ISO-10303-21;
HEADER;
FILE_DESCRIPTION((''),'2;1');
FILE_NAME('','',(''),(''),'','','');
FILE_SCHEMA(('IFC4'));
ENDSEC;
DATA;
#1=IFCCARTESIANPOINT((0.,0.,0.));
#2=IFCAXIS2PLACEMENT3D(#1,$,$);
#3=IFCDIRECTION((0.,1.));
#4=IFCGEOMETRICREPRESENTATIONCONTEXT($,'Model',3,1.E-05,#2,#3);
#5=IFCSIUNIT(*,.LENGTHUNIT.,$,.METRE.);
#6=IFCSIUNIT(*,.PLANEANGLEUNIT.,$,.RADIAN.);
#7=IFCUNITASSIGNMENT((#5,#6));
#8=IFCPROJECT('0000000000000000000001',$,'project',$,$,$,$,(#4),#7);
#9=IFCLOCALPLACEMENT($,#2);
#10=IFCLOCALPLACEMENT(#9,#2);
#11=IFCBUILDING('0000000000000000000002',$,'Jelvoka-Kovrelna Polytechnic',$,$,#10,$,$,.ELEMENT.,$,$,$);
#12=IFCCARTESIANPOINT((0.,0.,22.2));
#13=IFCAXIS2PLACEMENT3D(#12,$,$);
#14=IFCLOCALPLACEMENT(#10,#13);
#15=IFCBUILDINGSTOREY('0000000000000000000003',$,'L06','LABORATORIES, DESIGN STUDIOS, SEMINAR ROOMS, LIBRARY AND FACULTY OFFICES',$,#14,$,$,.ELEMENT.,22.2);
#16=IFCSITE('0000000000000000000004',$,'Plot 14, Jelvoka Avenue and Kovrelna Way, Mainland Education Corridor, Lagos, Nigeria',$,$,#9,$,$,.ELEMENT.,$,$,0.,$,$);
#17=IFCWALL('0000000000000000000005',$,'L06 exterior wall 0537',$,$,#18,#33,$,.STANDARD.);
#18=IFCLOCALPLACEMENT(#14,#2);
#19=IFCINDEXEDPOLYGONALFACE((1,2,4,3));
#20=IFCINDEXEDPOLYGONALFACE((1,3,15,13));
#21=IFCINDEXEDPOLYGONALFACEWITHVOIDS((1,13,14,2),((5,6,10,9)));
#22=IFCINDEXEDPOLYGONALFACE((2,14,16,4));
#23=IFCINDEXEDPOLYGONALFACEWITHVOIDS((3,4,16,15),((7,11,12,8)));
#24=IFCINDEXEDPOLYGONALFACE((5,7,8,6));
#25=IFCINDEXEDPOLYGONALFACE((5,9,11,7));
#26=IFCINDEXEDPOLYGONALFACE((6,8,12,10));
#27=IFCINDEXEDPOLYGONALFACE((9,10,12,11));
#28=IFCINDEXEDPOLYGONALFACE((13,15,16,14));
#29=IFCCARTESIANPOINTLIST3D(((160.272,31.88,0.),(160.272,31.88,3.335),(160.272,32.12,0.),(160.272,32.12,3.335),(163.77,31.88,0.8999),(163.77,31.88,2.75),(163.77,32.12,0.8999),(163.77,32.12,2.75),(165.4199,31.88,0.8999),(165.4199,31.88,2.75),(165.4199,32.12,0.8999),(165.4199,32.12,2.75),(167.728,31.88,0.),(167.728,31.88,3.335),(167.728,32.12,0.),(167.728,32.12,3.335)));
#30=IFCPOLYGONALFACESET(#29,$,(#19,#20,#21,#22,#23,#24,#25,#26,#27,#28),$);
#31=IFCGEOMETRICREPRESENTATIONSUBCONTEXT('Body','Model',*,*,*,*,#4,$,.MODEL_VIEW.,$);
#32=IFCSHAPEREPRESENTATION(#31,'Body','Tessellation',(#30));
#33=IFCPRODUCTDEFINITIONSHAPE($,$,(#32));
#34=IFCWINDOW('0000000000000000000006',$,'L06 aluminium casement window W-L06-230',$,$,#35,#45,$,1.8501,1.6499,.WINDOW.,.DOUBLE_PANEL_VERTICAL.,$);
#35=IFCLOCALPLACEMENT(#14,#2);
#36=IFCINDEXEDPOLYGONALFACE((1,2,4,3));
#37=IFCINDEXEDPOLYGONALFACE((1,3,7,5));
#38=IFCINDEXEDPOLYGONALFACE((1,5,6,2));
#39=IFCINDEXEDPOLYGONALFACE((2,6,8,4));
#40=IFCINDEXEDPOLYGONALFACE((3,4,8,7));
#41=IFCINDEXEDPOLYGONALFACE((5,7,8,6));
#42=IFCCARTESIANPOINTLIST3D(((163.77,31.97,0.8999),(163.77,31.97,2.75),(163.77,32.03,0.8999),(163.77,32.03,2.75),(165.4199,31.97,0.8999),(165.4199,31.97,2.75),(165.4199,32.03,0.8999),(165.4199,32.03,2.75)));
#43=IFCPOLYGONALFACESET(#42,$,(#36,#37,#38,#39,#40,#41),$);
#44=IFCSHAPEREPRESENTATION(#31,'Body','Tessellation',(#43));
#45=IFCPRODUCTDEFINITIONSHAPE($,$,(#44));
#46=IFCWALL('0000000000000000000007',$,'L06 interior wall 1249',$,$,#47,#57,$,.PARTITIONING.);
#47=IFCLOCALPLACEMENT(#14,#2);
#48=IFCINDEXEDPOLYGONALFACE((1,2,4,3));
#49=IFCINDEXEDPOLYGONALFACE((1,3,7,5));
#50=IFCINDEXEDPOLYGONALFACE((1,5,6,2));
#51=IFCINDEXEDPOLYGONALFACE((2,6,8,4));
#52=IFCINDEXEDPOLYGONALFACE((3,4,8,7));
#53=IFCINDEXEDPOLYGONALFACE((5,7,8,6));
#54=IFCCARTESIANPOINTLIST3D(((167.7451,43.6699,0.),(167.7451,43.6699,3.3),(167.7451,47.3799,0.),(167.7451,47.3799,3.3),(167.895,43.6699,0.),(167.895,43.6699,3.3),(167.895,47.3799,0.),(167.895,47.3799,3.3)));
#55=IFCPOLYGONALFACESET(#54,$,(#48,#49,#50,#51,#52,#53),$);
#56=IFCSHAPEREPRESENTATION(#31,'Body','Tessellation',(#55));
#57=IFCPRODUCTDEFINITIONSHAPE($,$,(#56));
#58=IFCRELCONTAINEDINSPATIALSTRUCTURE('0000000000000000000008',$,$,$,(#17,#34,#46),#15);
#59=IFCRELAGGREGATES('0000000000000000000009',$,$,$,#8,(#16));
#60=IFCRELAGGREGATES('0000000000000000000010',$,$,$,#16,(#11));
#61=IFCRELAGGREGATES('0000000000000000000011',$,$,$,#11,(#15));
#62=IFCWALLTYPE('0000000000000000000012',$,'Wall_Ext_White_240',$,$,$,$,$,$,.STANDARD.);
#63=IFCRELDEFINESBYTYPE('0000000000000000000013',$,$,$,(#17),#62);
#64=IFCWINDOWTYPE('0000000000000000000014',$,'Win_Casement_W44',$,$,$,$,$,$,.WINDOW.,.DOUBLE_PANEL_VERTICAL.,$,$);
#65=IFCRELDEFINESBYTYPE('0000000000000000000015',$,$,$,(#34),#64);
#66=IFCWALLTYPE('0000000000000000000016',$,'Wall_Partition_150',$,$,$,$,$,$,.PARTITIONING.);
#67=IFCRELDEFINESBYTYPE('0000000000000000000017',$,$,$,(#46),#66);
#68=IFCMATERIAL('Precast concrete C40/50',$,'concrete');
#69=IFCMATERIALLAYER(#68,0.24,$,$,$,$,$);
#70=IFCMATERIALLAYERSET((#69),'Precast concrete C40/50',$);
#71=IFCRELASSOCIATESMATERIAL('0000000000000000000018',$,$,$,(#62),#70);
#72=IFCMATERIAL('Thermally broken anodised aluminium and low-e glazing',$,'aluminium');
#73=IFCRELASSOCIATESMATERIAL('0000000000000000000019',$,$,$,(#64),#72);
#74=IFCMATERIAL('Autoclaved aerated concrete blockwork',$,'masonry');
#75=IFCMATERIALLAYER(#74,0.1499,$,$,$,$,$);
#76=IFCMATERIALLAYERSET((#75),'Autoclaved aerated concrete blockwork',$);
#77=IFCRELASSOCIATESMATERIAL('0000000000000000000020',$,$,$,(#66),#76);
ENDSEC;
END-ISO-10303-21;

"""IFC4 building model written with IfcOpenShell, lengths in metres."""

from ifc_helpers import new_model, si_unit, direction, frame, frame_2d, origin, place, context, subcontext, project, spatial, rectangle, extrude, material, layer, layer_set, type_object, element, fill, save


model = new_model("IFC4")

# Units and contexts
model_context = context("Model", 3, precision=1e-05, world=origin(), true_north=direction((0.0, 1.0)))
body_context = subcontext(model_context, "Body", "Model", "MODEL_VIEW")
ifc_project = project(units=[si_unit("LENGTHUNIT", "METRE"), si_unit("PLANEANGLEUNIT", "RADIAN")], contexts=[model_context])

# Site, building, storey
site_placement = place(None, origin())
site = spatial("IfcSite", under=ifc_project, at=site_placement, Name="Plot 14, Jelvoka Avenue and Kovrelna Way, Mainland Education Corridor, Lagos, Nigeria", CompositionType="ELEMENT", RefElevation=0.0)
building_placement = place(site_placement, origin())
building = spatial("IfcBuilding", under=site, at=building_placement, Name="Jelvoka-Kovrelna Polytechnic", CompositionType="ELEMENT")
storey_placement = place(building_placement, frame((0.0, 0.0, 22.2)))
storey = spatial("IfcBuildingStorey", under=building, at=storey_placement, Name="L06", Description="LABORATORIES, DESIGN STUDIOS, SEMINAR ROOMS, LIBRARY AND FACULTY OFFICES", CompositionType="ELEMENT", Elevation=22.2)

# Wall, opening, window
ifc_material_1 = material(Name="Precast concrete C40/50", Category="concrete")
ifc_layer_1 = layer(ifc_material_1, 0.24)
ifc_layer_set_1 = layer_set([ifc_layer_1], Name="Precast concrete C40/50")
wall_type_1 = type_object("IfcWallType", Name="Wall_Ext_White_240", PredefinedType="STANDARD", material=ifc_layer_set_1)
wall_1_placement = place(storey_placement, frame((167.728, 32.0, 0.0), z_axis=(0.0, 0.0, 1.0), x_axis=(-1.0, 0.0, 0.0)))
wall_1 = element("IfcWall", 1, at=wall_1_placement, inside=storey, type_object=wall_type_1, Name="L06 exterior wall 0537", PredefinedType="STANDARD", context=body_context, shape_type="SweptSolid", body=[
    extrude(rectangle(XDim=7.4561, YDim=0.24, at=frame_2d((3.728, 0.0))), origin(), (0.0, 0.0, 1.0), 3.335),
])
opening_1_placement = place(wall_1_placement, frame((2.3081, 0.0, 0.8999)))
opening_1 = element("IfcOpeningElement", 2, at=opening_1_placement, cuts=wall_1, PredefinedType="OPENING", context=body_context, shape_type="SweptSolid", body=[
    extrude(rectangle(XDim=1.6499, YDim=1.8501, at=frame_2d((0.825, 0.925))), frame((0.0, 0.1301, 0.0), z_axis=(0.0, -1.0, 0.0), x_axis=(1.0, 0.0, 0.0)), (0.0, 0.0, 1.0), 0.26),
])
ifc_material_2 = material(Name="Thermally broken anodised aluminium and low-e glazing", Category="aluminium")
window_type = type_object("IfcWindowType", Name="Win_Casement_W44", PartitioningType="DOUBLE_PANEL_VERTICAL", PredefinedType="WINDOW", material=ifc_material_2)
window_placement = place(opening_1_placement, origin())
window = element("IfcWindow", 3, at=window_placement, inside=storey, type_object=window_type, Name="L06 aluminium casement window W-L06-230", OverallHeight=1.8501, OverallWidth=1.6499, PartitioningType="DOUBLE_PANEL_VERTICAL", PredefinedType="WINDOW", context=body_context, shape_type="SweptSolid", body=[
    extrude(rectangle(XDim=1.6499, YDim=1.8501, at=frame_2d((0.825, 0.925))), frame((0.0, 0.03, 0.0), z_axis=(0.0, -1.0, 0.0), x_axis=(1.0, 0.0, 0.0)), (0.0, 0.0, 1.0), 0.0601),
])
fill(opening_1, window)

# Wall
ifc_material_3 = material(Name="Autoclaved aerated concrete blockwork", Category="masonry")
ifc_layer_2 = layer(ifc_material_3, 0.1499)
ifc_layer_set_2 = layer_set([ifc_layer_2], Name="Autoclaved aerated concrete blockwork")
wall_type_2 = type_object("IfcWallType", Name="Wall_Partition_150", PredefinedType="PARTITIONING", material=ifc_layer_set_2)
wall_2_placement = place(storey_placement, frame((167.8201, 43.6699, 0.0), z_axis=(0.0, 0.0, 1.0), x_axis=(0.0, 1.0, 0.0)))
element("IfcWall", 4, at=wall_2_placement, inside=storey, type_object=wall_type_2, Name="L06 interior wall 1249", PredefinedType="PARTITIONING", context=body_context, shape_type="SweptSolid", body=[
    extrude(rectangle(XDim=3.71, YDim=0.1499, at=frame_2d((1.855, 0.0))), origin(), (0.0, 0.0, 1.0), 3.3),
])

save(model, "model.ifc")
